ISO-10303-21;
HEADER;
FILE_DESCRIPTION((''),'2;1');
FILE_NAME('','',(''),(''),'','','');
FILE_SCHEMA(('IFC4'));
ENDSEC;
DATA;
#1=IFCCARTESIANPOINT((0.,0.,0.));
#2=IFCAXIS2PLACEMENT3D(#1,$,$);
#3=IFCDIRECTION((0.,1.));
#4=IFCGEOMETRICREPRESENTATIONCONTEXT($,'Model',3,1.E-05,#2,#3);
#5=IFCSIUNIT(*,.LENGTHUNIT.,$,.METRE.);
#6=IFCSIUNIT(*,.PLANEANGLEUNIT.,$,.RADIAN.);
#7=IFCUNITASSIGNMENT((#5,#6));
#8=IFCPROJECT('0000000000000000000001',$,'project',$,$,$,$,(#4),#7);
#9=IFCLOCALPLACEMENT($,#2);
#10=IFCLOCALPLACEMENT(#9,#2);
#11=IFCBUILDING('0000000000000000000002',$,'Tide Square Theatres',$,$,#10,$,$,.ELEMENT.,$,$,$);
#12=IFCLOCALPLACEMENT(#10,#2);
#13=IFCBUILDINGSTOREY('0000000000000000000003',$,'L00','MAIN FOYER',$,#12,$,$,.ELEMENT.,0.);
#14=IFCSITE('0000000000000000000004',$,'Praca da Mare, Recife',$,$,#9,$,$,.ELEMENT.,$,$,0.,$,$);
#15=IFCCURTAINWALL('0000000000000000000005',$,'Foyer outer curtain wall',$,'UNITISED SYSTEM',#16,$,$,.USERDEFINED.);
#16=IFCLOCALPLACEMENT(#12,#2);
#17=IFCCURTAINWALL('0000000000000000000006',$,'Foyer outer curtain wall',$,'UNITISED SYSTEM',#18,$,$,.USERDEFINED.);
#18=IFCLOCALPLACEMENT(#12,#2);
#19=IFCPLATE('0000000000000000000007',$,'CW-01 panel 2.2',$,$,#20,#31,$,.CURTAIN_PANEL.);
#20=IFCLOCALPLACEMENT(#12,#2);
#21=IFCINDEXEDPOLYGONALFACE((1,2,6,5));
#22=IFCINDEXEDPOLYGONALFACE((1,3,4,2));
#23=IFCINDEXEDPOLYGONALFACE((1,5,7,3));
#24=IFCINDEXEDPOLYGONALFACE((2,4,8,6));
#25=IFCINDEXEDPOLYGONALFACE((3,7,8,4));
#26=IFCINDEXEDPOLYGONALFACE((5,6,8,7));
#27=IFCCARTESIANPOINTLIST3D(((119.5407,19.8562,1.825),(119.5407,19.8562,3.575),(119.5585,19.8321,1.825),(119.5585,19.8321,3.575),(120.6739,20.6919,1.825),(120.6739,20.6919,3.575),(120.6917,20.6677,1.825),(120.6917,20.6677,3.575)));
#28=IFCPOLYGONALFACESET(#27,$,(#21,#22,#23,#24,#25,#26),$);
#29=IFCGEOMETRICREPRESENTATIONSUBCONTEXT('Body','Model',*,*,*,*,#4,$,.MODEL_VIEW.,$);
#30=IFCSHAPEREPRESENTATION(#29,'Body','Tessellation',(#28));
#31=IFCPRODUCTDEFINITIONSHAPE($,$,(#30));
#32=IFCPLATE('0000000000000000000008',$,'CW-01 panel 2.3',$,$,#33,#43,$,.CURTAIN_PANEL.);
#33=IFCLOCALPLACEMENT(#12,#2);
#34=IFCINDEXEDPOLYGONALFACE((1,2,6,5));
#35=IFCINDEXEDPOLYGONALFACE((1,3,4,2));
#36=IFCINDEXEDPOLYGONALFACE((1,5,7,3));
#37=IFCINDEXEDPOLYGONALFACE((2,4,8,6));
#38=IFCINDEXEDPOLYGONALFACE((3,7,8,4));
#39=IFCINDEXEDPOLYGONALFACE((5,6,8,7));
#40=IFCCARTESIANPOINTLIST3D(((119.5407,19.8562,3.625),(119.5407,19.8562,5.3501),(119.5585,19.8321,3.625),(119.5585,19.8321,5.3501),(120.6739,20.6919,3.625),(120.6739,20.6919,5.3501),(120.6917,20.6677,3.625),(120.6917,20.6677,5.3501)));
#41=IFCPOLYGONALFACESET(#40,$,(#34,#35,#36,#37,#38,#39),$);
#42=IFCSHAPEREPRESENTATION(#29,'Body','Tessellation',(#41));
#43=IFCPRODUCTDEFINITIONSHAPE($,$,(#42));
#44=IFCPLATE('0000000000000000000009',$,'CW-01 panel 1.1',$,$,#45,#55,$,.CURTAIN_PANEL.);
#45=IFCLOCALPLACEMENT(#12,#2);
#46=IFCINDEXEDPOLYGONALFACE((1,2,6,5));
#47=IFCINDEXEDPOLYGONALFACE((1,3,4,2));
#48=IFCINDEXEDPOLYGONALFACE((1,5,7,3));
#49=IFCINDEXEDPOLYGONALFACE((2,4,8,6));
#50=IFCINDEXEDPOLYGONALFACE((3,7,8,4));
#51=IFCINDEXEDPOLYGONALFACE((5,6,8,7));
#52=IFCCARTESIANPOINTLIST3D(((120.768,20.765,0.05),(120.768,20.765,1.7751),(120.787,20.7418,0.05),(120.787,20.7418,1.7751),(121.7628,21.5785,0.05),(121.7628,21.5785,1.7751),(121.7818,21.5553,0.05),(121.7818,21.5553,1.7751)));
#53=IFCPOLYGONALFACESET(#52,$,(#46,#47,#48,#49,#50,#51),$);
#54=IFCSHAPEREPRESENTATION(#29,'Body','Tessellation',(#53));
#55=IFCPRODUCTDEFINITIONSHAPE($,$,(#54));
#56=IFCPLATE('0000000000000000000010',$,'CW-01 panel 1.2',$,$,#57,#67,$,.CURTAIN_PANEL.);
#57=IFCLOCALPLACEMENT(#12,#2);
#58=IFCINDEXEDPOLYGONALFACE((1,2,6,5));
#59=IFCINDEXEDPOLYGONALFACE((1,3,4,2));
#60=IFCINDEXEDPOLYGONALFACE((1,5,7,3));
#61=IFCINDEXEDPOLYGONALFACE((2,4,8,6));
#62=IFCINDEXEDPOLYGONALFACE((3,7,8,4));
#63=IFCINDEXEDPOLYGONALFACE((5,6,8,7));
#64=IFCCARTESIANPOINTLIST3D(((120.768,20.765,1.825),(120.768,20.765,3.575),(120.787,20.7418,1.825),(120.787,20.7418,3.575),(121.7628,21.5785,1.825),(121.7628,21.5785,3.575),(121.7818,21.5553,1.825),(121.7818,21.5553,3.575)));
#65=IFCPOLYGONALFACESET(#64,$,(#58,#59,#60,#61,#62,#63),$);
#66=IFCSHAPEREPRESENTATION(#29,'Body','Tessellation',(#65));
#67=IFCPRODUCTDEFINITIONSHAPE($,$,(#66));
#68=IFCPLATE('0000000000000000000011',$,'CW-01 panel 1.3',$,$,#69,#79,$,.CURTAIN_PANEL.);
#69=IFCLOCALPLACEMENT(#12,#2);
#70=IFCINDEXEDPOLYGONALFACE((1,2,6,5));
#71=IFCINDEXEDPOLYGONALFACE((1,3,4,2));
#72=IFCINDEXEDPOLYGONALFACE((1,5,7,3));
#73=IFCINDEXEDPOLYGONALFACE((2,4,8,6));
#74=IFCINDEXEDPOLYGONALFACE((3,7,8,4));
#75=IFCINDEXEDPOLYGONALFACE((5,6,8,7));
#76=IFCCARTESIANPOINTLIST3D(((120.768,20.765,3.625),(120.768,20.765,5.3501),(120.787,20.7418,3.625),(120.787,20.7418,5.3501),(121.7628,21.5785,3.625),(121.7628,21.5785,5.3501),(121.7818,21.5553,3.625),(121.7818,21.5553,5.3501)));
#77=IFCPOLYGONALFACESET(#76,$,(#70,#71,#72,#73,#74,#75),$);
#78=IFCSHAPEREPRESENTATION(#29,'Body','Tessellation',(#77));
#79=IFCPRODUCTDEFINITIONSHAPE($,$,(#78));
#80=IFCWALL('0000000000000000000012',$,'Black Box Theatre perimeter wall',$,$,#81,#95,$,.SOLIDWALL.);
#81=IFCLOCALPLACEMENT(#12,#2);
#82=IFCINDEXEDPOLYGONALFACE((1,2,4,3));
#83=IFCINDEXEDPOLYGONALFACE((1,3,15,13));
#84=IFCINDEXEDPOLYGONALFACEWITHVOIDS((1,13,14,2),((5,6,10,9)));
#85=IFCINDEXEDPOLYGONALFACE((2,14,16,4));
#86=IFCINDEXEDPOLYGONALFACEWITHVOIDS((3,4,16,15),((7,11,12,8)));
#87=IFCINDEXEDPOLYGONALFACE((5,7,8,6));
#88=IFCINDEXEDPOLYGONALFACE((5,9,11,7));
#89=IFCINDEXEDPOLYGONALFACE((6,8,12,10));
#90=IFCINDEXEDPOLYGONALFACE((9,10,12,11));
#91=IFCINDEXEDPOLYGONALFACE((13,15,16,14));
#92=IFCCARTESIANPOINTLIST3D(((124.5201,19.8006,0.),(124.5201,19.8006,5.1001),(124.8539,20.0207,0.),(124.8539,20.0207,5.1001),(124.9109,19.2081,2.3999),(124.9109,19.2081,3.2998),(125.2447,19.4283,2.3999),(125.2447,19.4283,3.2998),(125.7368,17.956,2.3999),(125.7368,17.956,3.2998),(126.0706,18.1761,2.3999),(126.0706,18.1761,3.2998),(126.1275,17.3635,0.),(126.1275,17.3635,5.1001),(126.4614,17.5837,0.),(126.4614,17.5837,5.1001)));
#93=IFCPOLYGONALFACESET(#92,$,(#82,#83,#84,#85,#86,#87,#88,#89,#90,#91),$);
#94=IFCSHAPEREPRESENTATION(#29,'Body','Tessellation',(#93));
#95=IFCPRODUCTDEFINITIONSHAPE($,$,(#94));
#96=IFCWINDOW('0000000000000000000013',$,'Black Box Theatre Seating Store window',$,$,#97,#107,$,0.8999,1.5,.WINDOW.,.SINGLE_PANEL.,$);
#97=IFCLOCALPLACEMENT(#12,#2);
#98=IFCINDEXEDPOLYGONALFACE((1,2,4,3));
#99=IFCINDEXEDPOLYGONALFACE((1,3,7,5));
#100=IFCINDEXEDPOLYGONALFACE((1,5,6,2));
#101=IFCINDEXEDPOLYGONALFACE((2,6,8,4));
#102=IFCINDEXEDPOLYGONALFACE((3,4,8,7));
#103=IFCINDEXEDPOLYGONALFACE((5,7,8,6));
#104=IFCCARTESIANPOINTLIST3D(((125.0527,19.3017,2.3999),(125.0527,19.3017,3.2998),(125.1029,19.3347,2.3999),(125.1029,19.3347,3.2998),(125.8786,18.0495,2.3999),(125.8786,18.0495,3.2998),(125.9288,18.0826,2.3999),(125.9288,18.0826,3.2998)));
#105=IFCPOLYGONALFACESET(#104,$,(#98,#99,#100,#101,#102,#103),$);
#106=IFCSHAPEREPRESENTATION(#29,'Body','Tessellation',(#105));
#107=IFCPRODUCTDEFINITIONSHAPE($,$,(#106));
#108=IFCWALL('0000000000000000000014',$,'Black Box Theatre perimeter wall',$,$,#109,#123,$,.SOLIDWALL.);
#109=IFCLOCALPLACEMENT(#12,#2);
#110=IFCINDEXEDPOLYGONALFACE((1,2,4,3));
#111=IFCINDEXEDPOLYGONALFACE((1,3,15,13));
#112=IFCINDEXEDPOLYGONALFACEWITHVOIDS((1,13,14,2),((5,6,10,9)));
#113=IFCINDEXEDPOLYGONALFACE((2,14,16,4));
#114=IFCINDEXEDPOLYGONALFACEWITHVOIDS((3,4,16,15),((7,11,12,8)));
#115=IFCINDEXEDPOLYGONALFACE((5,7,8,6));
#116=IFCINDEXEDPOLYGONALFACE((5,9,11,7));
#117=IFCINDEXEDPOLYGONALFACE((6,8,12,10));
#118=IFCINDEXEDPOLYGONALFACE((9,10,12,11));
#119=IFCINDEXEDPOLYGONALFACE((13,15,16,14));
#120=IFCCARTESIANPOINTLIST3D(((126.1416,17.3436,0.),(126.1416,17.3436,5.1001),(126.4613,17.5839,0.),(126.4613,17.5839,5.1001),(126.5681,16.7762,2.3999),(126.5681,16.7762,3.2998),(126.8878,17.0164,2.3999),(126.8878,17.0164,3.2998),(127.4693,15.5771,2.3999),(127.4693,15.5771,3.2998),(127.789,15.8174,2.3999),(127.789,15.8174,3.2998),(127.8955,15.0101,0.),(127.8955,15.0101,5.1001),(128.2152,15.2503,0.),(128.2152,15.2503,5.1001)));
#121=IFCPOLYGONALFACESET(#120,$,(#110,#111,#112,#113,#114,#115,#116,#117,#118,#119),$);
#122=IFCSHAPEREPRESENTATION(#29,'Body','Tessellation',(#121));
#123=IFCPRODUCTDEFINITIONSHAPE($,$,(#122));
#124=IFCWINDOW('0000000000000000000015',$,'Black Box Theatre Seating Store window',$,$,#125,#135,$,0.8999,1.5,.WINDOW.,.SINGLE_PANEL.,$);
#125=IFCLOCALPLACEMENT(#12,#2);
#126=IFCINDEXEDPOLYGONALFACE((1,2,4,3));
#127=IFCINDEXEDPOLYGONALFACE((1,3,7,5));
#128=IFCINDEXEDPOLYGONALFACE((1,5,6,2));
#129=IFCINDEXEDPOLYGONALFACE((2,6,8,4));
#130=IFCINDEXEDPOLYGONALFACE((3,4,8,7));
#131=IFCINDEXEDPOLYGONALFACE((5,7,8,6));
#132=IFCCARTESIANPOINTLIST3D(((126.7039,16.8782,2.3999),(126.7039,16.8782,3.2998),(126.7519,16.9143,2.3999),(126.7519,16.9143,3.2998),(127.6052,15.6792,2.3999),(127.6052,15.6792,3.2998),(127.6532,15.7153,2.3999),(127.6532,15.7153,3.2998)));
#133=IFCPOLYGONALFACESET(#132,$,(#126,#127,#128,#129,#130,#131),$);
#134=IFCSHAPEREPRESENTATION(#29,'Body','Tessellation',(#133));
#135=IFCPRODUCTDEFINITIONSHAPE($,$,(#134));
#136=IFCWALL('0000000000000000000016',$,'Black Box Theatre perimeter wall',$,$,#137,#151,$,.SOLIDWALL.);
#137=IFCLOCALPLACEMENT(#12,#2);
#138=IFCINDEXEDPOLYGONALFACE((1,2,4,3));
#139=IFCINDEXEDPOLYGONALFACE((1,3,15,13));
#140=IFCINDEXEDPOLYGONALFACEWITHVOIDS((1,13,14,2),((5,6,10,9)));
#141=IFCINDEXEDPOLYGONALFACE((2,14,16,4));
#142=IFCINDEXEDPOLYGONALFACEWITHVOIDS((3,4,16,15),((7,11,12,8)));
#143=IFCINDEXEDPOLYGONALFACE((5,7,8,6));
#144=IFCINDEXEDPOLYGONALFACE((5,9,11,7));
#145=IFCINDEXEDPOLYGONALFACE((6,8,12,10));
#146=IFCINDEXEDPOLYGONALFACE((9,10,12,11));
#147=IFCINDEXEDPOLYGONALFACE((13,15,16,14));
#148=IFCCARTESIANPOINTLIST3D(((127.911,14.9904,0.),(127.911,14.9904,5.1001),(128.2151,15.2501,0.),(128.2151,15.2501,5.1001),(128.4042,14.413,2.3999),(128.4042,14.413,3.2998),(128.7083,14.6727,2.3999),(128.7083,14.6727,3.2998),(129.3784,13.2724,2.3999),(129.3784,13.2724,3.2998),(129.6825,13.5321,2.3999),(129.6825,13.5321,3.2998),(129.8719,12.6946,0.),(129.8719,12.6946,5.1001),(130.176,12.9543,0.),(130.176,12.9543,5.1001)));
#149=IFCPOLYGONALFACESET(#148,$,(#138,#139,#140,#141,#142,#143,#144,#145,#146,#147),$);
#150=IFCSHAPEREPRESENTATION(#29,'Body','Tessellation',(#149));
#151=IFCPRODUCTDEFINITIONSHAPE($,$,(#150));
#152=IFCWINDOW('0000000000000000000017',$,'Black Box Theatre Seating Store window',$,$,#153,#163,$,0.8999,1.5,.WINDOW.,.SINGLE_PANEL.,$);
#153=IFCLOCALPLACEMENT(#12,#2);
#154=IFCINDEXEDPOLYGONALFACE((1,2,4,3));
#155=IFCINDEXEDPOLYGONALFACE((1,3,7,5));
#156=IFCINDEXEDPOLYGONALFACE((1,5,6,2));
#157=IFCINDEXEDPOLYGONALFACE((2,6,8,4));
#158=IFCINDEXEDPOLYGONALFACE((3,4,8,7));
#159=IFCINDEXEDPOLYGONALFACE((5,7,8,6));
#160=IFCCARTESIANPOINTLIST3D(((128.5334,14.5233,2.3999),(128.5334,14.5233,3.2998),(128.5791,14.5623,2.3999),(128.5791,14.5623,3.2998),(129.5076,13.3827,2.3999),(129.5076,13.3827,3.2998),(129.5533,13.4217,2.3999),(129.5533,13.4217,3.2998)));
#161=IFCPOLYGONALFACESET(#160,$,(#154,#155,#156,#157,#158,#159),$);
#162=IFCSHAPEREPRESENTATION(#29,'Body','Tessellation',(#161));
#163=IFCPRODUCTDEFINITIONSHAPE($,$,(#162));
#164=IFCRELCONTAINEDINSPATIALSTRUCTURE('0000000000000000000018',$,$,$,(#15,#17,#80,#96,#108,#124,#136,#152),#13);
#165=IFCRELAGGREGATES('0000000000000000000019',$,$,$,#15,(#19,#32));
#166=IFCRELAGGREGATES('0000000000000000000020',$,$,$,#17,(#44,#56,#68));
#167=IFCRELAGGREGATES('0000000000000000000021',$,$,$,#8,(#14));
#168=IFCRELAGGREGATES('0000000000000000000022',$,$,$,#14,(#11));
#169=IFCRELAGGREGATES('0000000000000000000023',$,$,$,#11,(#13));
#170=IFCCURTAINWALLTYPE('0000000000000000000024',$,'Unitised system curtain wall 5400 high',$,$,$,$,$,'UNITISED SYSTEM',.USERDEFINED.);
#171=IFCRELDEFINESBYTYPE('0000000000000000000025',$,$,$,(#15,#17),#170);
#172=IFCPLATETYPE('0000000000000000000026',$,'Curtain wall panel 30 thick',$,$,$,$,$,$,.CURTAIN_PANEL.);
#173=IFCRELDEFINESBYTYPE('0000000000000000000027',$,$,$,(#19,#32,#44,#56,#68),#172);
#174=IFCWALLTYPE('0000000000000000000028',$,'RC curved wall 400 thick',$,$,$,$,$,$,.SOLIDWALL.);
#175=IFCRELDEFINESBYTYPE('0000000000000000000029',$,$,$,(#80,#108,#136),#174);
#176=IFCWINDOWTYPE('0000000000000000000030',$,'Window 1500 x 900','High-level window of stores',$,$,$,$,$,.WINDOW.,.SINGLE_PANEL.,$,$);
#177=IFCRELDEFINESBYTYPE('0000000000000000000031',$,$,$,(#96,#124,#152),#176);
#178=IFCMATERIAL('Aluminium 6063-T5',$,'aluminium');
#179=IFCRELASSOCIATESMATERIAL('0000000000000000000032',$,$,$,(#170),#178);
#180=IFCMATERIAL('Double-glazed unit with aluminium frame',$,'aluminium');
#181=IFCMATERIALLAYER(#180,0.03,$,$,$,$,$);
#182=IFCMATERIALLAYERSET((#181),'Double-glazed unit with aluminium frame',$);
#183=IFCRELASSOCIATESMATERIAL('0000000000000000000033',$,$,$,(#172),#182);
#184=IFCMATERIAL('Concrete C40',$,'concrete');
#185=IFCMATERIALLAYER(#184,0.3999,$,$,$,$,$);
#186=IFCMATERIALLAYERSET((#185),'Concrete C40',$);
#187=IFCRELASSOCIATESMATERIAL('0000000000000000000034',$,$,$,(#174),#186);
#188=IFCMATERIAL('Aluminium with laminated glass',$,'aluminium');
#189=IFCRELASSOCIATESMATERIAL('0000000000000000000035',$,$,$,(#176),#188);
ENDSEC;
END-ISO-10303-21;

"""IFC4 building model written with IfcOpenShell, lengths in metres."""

from ifc_helpers import new_model, si_unit, direction, frame, frame_2d, origin, origin_2d, place, context, subcontext, project, spatial, rectangle, extrude, material, layer, layer_set, type_object, element, fill, aggregate, save


model = new_model("IFC4")

# Units and contexts
model_context = context("Model", 3, precision=1e-05, world=origin(), true_north=direction((0.0, 1.0)))
body_context = subcontext(model_context, "Body", "Model", "MODEL_VIEW")
ifc_project = project(units=[si_unit("LENGTHUNIT", "METRE"), si_unit("PLANEANGLEUNIT", "RADIAN")], contexts=[model_context])

# Site, building, storey
site_placement = place(None, origin())
site = spatial("IfcSite", under=ifc_project, at=site_placement, Name="Praca da Mare, Recife", CompositionType="ELEMENT", RefElevation=0.0)
building_placement = place(site_placement, origin())
building = spatial("IfcBuilding", under=site, at=building_placement, Name="Tide Square Theatres", CompositionType="ELEMENT")
storey_placement = place(building_placement, origin())
storey = spatial("IfcBuildingStorey", under=building, at=storey_placement, Name="L00", Description="MAIN FOYER", CompositionType="ELEMENT", Elevation=0.0)

# Curtain wall
ifc_material_1 = material(Name="Aluminium 6063-T5", Category="aluminium")
curtain_wall_type = type_object("IfcCurtainWallType", Name="Unitised system curtain wall 5400 high", ElementType="UNITISED SYSTEM", PredefinedType="USERDEFINED", material=ifc_material_1)
curtain_wall_1_placement = place(storey_placement, origin())
curtain_wall_1 = element("IfcCurtainWall", 1, at=curtain_wall_1_placement, inside=storey, type_object=curtain_wall_type, Name="Foyer outer curtain wall", ObjectType="UNITISED SYSTEM", PredefinedType="USERDEFINED")

# Curtain wall
curtain_wall_2_placement = place(storey_placement, origin())
curtain_wall_2 = element("IfcCurtainWall", 2, at=curtain_wall_2_placement, inside=storey, type_object=curtain_wall_type, Name="Foyer outer curtain wall", ObjectType="UNITISED SYSTEM", PredefinedType="USERDEFINED")

# Plates
ifc_material_2 = material(Name="Double-glazed unit with aluminium frame", Category="aluminium")
ifc_layer_1 = layer(ifc_material_2, 0.03)
ifc_layer_set_1 = layer_set([ifc_layer_1], Name="Double-glazed unit with aluminium frame")
plate_type = type_object("IfcPlateType", Name="Curtain wall panel 30 thick", PredefinedType="CURTAIN_PANEL", material=ifc_layer_set_1)
plate_1_placement = place(storey_placement, frame((120.1162, 20.262, 1.825), z_axis=(0.0, 0.0, 1.0), x_axis=(0.804828, 0.593508, 0.0)))
plate_1 = element("IfcPlate", 3, at=plate_1_placement, type_object=plate_type, Name="CW-01 panel 2.2", PredefinedType="CURTAIN_PANEL", context=body_context, shape_type="SweptSolid", body=[
    extrude(rectangle(XDim=1.408, YDim=0.03, at=origin_2d()), origin(), (0.0, 0.0, 1.0), 1.75),
])
plate_2_placement = place(storey_placement, frame((120.1162, 20.262, 3.625), z_axis=(0.0, 0.0, 1.0), x_axis=(0.804828, 0.593508, 0.0)))
plate_2 = element("IfcPlate", 4, at=plate_2_placement, type_object=plate_type, Name="CW-01 panel 2.3", PredefinedType="CURTAIN_PANEL", context=body_context, shape_type="SweptSolid", body=[
    extrude(rectangle(XDim=1.408, YDim=0.03, at=origin_2d()), origin(), (0.0, 0.0, 1.0), 1.7251),
])
aggregate(curtain_wall_1, [plate_1, plate_2])
plate_3_placement = place(storey_placement, frame((121.2749, 21.1602, 0.05), z_axis=(0.0, 0.0, 1.0), x_axis=(0.774131, 0.633026, 0.0)))
plate_3 = element("IfcPlate", 5, at=plate_3_placement, type_object=plate_type, Name="CW-01 panel 1.1", PredefinedType="CURTAIN_PANEL", context=body_context, shape_type="SweptSolid", body=[
    extrude(rectangle(XDim=1.2852, YDim=0.03, at=origin_2d()), origin(), (0.0, 0.0, 1.0), 1.7251),
])
plate_4_placement = place(storey_placement, frame((121.2749, 21.1602, 1.825), z_axis=(0.0, 0.0, 1.0), x_axis=(0.774131, 0.633026, 0.0)))
plate_4 = element("IfcPlate", 6, at=plate_4_placement, type_object=plate_type, Name="CW-01 panel 1.2", PredefinedType="CURTAIN_PANEL", context=body_context, shape_type="SweptSolid", body=[
    extrude(rectangle(XDim=1.2852, YDim=0.03, at=origin_2d()), origin(), (0.0, 0.0, 1.0), 1.75),
])
plate_5_placement = place(storey_placement, frame((121.2749, 21.1602, 3.625), z_axis=(0.0, 0.0, 1.0), x_axis=(0.774131, 0.633026, 0.0)))
plate_5 = element("IfcPlate", 7, at=plate_5_placement, type_object=plate_type, Name="CW-01 panel 1.3", PredefinedType="CURTAIN_PANEL", context=body_context, shape_type="SweptSolid", body=[
    extrude(rectangle(XDim=1.2852, YDim=0.03, at=origin_2d()), origin(), (0.0, 0.0, 1.0), 1.7251),
])
aggregate(curtain_wall_2, [plate_3, plate_4, plate_5])

# Walls, openings, windows
ifc_material_3 = material(Name="Concrete C40", Category="concrete")
ifc_layer_2 = layer(ifc_material_3, 0.3999)
ifc_layer_set_2 = layer_set([ifc_layer_2], Name="Concrete C40")
wall_type = type_object("IfcWallType", Name="RC curved wall 400 thick", PredefinedType="SOLIDWALL", material=ifc_layer_set_2)
wall_1_placement = place(storey_placement, frame((124.687, 19.9106, 0.0), z_axis=(0.0, 0.0, 1.0), x_axis=(0.550602, -0.834768, 0.0)))
wall_1 = element("IfcWall", 8, at=wall_1_placement, inside=storey, type_object=wall_type, Name="Black Box Theatre perimeter wall", PredefinedType="SOLIDWALL", context=body_context, shape_type="SweptSolid", body=[
    extrude(rectangle(XDim=2.9194, YDim=0.3999, at=frame_2d((1.4597, 0.0))), origin(), (0.0, 0.0, 1.0), 5.1001),
])
opening_1_placement = place(wall_1_placement, frame((0.7097, 0.0, 2.3999)))
opening_1 = element("IfcOpeningElement", 9, at=opening_1_placement, cuts=wall_1, PredefinedType="OPENING", context=body_context, shape_type="SweptSolid", body=[
    extrude(rectangle(XDim=1.5, YDim=0.8999, at=frame_2d((0.75, 0.45))), frame((0.0, 0.21, 0.0), z_axis=(0.0, -1.0, 0.0), x_axis=(1.0, 0.0, 0.0)), (0.0, 0.0, 1.0), 0.4199),
])
ifc_material_4 = material(Name="Aluminium with laminated glass", Category="aluminium")
window_type = type_object("IfcWindowType", Name="Window 1500 x 900", Description="High-level window of stores", PartitioningType="SINGLE_PANEL", PredefinedType="WINDOW", material=ifc_material_4)
window_1_placement = place(opening_1_placement, origin())
window_1 = element("IfcWindow", 10, at=window_1_placement, inside=storey, type_object=window_type, Name="Black Box Theatre Seating Store window", OverallHeight=0.8999, OverallWidth=1.5, PartitioningType="SINGLE_PANEL", PredefinedType="WINDOW", context=body_context, shape_type="SweptSolid", body=[
    extrude(rectangle(XDim=1.5, YDim=0.8999, at=frame_2d((0.75, 0.45))), frame((0.0, 0.03, 0.0), z_axis=(0.0, -1.0, 0.0), x_axis=(1.0, 0.0, 0.0)), (0.0, 0.0, 1.0), 0.0601),
])
fill(opening_1, window_1)
wall_2_placement = place(storey_placement, frame((126.3015, 17.4636, 0.0), z_axis=(0.0, 0.0, 1.0), x_axis=(0.600829, -0.799377, 0.0)))
wall_2 = element("IfcWall", 11, at=wall_2_placement, inside=storey, type_object=wall_type, Name="Black Box Theatre perimeter wall", PredefinedType="SOLIDWALL", context=body_context, shape_type="SweptSolid", body=[
    extrude(rectangle(XDim=2.9192, YDim=0.3999, at=frame_2d((1.4595, 0.0))), origin(), (0.0, 0.0, 1.0), 5.1001),
])
opening_2_placement = place(wall_2_placement, frame((0.7097, 0.0, 2.3999)))
opening_2 = element("IfcOpeningElement", 12, at=opening_2_placement, cuts=wall_2, PredefinedType="OPENING", context=body_context, shape_type="SweptSolid", body=[
    extrude(rectangle(XDim=1.5, YDim=0.8999, at=frame_2d((0.75, 0.45))), frame((0.0, 0.21, 0.0), z_axis=(0.0, -1.0, 0.0), x_axis=(1.0, 0.0, 0.0)), (0.0, 0.0, 1.0), 0.4199),
])
window_2_placement = place(opening_2_placement, origin())
window_2 = element("IfcWindow", 13, at=window_2_placement, inside=storey, type_object=window_type, Name="Black Box Theatre Seating Store window", OverallHeight=0.8999, OverallWidth=1.5, PartitioningType="SINGLE_PANEL", PredefinedType="WINDOW", context=body_context, shape_type="SweptSolid", body=[
    extrude(rectangle(XDim=1.5, YDim=0.8999, at=frame_2d((0.75, 0.45))), frame((0.0, 0.03, 0.0), z_axis=(0.0, -1.0, 0.0), x_axis=(1.0, 0.0, 0.0)), (0.0, 0.0, 1.0), 0.0601),
])
fill(opening_2, window_2)
wall_3_placement = place(storey_placement, frame((128.063, 15.1204, 0.0), z_axis=(0.0, 0.0, 1.0), x_axis=(0.649459, -0.760397, 0.0)))
wall_3 = element("IfcWall", 14, at=wall_3_placement, inside=storey, type_object=wall_type, Name="Black Box Theatre perimeter wall", PredefinedType="SOLIDWALL", context=body_context, shape_type="SweptSolid", body=[
    extrude(rectangle(XDim=3.0193, YDim=0.3999, at=frame_2d((1.5098, 0.0))), origin(), (0.0, 0.0, 1.0), 5.1001),
])
opening_3_placement = place(wall_3_placement, frame((0.7595, 0.0, 2.3999)))
opening_3 = element("IfcOpeningElement", 15, at=opening_3_placement, cuts=wall_3, PredefinedType="OPENING", context=body_context, shape_type="SweptSolid", body=[
    extrude(rectangle(XDim=1.5, YDim=0.8999, at=frame_2d((0.75, 0.45))), frame((0.0, 0.21, 0.0), z_axis=(0.0, -1.0, 0.0), x_axis=(1.0, 0.0, 0.0)), (0.0, 0.0, 1.0), 0.4199),
])
window_3_placement = place(opening_3_placement, origin())
window_3 = element("IfcWindow", 16, at=window_3_placement, inside=storey, type_object=window_type, Name="Black Box Theatre Seating Store window", OverallHeight=0.8999, OverallWidth=1.5, PartitioningType="SINGLE_PANEL", PredefinedType="WINDOW", context=body_context, shape_type="SweptSolid", body=[
    extrude(rectangle(XDim=1.5, YDim=0.8999, at=frame_2d((0.75, 0.45))), frame((0.0, 0.03, 0.0), z_axis=(0.0, -1.0, 0.0), x_axis=(1.0, 0.0, 0.0)), (0.0, 0.0, 1.0), 0.0601),
])
fill(opening_3, window_3)

save(model, "model.ifc")
